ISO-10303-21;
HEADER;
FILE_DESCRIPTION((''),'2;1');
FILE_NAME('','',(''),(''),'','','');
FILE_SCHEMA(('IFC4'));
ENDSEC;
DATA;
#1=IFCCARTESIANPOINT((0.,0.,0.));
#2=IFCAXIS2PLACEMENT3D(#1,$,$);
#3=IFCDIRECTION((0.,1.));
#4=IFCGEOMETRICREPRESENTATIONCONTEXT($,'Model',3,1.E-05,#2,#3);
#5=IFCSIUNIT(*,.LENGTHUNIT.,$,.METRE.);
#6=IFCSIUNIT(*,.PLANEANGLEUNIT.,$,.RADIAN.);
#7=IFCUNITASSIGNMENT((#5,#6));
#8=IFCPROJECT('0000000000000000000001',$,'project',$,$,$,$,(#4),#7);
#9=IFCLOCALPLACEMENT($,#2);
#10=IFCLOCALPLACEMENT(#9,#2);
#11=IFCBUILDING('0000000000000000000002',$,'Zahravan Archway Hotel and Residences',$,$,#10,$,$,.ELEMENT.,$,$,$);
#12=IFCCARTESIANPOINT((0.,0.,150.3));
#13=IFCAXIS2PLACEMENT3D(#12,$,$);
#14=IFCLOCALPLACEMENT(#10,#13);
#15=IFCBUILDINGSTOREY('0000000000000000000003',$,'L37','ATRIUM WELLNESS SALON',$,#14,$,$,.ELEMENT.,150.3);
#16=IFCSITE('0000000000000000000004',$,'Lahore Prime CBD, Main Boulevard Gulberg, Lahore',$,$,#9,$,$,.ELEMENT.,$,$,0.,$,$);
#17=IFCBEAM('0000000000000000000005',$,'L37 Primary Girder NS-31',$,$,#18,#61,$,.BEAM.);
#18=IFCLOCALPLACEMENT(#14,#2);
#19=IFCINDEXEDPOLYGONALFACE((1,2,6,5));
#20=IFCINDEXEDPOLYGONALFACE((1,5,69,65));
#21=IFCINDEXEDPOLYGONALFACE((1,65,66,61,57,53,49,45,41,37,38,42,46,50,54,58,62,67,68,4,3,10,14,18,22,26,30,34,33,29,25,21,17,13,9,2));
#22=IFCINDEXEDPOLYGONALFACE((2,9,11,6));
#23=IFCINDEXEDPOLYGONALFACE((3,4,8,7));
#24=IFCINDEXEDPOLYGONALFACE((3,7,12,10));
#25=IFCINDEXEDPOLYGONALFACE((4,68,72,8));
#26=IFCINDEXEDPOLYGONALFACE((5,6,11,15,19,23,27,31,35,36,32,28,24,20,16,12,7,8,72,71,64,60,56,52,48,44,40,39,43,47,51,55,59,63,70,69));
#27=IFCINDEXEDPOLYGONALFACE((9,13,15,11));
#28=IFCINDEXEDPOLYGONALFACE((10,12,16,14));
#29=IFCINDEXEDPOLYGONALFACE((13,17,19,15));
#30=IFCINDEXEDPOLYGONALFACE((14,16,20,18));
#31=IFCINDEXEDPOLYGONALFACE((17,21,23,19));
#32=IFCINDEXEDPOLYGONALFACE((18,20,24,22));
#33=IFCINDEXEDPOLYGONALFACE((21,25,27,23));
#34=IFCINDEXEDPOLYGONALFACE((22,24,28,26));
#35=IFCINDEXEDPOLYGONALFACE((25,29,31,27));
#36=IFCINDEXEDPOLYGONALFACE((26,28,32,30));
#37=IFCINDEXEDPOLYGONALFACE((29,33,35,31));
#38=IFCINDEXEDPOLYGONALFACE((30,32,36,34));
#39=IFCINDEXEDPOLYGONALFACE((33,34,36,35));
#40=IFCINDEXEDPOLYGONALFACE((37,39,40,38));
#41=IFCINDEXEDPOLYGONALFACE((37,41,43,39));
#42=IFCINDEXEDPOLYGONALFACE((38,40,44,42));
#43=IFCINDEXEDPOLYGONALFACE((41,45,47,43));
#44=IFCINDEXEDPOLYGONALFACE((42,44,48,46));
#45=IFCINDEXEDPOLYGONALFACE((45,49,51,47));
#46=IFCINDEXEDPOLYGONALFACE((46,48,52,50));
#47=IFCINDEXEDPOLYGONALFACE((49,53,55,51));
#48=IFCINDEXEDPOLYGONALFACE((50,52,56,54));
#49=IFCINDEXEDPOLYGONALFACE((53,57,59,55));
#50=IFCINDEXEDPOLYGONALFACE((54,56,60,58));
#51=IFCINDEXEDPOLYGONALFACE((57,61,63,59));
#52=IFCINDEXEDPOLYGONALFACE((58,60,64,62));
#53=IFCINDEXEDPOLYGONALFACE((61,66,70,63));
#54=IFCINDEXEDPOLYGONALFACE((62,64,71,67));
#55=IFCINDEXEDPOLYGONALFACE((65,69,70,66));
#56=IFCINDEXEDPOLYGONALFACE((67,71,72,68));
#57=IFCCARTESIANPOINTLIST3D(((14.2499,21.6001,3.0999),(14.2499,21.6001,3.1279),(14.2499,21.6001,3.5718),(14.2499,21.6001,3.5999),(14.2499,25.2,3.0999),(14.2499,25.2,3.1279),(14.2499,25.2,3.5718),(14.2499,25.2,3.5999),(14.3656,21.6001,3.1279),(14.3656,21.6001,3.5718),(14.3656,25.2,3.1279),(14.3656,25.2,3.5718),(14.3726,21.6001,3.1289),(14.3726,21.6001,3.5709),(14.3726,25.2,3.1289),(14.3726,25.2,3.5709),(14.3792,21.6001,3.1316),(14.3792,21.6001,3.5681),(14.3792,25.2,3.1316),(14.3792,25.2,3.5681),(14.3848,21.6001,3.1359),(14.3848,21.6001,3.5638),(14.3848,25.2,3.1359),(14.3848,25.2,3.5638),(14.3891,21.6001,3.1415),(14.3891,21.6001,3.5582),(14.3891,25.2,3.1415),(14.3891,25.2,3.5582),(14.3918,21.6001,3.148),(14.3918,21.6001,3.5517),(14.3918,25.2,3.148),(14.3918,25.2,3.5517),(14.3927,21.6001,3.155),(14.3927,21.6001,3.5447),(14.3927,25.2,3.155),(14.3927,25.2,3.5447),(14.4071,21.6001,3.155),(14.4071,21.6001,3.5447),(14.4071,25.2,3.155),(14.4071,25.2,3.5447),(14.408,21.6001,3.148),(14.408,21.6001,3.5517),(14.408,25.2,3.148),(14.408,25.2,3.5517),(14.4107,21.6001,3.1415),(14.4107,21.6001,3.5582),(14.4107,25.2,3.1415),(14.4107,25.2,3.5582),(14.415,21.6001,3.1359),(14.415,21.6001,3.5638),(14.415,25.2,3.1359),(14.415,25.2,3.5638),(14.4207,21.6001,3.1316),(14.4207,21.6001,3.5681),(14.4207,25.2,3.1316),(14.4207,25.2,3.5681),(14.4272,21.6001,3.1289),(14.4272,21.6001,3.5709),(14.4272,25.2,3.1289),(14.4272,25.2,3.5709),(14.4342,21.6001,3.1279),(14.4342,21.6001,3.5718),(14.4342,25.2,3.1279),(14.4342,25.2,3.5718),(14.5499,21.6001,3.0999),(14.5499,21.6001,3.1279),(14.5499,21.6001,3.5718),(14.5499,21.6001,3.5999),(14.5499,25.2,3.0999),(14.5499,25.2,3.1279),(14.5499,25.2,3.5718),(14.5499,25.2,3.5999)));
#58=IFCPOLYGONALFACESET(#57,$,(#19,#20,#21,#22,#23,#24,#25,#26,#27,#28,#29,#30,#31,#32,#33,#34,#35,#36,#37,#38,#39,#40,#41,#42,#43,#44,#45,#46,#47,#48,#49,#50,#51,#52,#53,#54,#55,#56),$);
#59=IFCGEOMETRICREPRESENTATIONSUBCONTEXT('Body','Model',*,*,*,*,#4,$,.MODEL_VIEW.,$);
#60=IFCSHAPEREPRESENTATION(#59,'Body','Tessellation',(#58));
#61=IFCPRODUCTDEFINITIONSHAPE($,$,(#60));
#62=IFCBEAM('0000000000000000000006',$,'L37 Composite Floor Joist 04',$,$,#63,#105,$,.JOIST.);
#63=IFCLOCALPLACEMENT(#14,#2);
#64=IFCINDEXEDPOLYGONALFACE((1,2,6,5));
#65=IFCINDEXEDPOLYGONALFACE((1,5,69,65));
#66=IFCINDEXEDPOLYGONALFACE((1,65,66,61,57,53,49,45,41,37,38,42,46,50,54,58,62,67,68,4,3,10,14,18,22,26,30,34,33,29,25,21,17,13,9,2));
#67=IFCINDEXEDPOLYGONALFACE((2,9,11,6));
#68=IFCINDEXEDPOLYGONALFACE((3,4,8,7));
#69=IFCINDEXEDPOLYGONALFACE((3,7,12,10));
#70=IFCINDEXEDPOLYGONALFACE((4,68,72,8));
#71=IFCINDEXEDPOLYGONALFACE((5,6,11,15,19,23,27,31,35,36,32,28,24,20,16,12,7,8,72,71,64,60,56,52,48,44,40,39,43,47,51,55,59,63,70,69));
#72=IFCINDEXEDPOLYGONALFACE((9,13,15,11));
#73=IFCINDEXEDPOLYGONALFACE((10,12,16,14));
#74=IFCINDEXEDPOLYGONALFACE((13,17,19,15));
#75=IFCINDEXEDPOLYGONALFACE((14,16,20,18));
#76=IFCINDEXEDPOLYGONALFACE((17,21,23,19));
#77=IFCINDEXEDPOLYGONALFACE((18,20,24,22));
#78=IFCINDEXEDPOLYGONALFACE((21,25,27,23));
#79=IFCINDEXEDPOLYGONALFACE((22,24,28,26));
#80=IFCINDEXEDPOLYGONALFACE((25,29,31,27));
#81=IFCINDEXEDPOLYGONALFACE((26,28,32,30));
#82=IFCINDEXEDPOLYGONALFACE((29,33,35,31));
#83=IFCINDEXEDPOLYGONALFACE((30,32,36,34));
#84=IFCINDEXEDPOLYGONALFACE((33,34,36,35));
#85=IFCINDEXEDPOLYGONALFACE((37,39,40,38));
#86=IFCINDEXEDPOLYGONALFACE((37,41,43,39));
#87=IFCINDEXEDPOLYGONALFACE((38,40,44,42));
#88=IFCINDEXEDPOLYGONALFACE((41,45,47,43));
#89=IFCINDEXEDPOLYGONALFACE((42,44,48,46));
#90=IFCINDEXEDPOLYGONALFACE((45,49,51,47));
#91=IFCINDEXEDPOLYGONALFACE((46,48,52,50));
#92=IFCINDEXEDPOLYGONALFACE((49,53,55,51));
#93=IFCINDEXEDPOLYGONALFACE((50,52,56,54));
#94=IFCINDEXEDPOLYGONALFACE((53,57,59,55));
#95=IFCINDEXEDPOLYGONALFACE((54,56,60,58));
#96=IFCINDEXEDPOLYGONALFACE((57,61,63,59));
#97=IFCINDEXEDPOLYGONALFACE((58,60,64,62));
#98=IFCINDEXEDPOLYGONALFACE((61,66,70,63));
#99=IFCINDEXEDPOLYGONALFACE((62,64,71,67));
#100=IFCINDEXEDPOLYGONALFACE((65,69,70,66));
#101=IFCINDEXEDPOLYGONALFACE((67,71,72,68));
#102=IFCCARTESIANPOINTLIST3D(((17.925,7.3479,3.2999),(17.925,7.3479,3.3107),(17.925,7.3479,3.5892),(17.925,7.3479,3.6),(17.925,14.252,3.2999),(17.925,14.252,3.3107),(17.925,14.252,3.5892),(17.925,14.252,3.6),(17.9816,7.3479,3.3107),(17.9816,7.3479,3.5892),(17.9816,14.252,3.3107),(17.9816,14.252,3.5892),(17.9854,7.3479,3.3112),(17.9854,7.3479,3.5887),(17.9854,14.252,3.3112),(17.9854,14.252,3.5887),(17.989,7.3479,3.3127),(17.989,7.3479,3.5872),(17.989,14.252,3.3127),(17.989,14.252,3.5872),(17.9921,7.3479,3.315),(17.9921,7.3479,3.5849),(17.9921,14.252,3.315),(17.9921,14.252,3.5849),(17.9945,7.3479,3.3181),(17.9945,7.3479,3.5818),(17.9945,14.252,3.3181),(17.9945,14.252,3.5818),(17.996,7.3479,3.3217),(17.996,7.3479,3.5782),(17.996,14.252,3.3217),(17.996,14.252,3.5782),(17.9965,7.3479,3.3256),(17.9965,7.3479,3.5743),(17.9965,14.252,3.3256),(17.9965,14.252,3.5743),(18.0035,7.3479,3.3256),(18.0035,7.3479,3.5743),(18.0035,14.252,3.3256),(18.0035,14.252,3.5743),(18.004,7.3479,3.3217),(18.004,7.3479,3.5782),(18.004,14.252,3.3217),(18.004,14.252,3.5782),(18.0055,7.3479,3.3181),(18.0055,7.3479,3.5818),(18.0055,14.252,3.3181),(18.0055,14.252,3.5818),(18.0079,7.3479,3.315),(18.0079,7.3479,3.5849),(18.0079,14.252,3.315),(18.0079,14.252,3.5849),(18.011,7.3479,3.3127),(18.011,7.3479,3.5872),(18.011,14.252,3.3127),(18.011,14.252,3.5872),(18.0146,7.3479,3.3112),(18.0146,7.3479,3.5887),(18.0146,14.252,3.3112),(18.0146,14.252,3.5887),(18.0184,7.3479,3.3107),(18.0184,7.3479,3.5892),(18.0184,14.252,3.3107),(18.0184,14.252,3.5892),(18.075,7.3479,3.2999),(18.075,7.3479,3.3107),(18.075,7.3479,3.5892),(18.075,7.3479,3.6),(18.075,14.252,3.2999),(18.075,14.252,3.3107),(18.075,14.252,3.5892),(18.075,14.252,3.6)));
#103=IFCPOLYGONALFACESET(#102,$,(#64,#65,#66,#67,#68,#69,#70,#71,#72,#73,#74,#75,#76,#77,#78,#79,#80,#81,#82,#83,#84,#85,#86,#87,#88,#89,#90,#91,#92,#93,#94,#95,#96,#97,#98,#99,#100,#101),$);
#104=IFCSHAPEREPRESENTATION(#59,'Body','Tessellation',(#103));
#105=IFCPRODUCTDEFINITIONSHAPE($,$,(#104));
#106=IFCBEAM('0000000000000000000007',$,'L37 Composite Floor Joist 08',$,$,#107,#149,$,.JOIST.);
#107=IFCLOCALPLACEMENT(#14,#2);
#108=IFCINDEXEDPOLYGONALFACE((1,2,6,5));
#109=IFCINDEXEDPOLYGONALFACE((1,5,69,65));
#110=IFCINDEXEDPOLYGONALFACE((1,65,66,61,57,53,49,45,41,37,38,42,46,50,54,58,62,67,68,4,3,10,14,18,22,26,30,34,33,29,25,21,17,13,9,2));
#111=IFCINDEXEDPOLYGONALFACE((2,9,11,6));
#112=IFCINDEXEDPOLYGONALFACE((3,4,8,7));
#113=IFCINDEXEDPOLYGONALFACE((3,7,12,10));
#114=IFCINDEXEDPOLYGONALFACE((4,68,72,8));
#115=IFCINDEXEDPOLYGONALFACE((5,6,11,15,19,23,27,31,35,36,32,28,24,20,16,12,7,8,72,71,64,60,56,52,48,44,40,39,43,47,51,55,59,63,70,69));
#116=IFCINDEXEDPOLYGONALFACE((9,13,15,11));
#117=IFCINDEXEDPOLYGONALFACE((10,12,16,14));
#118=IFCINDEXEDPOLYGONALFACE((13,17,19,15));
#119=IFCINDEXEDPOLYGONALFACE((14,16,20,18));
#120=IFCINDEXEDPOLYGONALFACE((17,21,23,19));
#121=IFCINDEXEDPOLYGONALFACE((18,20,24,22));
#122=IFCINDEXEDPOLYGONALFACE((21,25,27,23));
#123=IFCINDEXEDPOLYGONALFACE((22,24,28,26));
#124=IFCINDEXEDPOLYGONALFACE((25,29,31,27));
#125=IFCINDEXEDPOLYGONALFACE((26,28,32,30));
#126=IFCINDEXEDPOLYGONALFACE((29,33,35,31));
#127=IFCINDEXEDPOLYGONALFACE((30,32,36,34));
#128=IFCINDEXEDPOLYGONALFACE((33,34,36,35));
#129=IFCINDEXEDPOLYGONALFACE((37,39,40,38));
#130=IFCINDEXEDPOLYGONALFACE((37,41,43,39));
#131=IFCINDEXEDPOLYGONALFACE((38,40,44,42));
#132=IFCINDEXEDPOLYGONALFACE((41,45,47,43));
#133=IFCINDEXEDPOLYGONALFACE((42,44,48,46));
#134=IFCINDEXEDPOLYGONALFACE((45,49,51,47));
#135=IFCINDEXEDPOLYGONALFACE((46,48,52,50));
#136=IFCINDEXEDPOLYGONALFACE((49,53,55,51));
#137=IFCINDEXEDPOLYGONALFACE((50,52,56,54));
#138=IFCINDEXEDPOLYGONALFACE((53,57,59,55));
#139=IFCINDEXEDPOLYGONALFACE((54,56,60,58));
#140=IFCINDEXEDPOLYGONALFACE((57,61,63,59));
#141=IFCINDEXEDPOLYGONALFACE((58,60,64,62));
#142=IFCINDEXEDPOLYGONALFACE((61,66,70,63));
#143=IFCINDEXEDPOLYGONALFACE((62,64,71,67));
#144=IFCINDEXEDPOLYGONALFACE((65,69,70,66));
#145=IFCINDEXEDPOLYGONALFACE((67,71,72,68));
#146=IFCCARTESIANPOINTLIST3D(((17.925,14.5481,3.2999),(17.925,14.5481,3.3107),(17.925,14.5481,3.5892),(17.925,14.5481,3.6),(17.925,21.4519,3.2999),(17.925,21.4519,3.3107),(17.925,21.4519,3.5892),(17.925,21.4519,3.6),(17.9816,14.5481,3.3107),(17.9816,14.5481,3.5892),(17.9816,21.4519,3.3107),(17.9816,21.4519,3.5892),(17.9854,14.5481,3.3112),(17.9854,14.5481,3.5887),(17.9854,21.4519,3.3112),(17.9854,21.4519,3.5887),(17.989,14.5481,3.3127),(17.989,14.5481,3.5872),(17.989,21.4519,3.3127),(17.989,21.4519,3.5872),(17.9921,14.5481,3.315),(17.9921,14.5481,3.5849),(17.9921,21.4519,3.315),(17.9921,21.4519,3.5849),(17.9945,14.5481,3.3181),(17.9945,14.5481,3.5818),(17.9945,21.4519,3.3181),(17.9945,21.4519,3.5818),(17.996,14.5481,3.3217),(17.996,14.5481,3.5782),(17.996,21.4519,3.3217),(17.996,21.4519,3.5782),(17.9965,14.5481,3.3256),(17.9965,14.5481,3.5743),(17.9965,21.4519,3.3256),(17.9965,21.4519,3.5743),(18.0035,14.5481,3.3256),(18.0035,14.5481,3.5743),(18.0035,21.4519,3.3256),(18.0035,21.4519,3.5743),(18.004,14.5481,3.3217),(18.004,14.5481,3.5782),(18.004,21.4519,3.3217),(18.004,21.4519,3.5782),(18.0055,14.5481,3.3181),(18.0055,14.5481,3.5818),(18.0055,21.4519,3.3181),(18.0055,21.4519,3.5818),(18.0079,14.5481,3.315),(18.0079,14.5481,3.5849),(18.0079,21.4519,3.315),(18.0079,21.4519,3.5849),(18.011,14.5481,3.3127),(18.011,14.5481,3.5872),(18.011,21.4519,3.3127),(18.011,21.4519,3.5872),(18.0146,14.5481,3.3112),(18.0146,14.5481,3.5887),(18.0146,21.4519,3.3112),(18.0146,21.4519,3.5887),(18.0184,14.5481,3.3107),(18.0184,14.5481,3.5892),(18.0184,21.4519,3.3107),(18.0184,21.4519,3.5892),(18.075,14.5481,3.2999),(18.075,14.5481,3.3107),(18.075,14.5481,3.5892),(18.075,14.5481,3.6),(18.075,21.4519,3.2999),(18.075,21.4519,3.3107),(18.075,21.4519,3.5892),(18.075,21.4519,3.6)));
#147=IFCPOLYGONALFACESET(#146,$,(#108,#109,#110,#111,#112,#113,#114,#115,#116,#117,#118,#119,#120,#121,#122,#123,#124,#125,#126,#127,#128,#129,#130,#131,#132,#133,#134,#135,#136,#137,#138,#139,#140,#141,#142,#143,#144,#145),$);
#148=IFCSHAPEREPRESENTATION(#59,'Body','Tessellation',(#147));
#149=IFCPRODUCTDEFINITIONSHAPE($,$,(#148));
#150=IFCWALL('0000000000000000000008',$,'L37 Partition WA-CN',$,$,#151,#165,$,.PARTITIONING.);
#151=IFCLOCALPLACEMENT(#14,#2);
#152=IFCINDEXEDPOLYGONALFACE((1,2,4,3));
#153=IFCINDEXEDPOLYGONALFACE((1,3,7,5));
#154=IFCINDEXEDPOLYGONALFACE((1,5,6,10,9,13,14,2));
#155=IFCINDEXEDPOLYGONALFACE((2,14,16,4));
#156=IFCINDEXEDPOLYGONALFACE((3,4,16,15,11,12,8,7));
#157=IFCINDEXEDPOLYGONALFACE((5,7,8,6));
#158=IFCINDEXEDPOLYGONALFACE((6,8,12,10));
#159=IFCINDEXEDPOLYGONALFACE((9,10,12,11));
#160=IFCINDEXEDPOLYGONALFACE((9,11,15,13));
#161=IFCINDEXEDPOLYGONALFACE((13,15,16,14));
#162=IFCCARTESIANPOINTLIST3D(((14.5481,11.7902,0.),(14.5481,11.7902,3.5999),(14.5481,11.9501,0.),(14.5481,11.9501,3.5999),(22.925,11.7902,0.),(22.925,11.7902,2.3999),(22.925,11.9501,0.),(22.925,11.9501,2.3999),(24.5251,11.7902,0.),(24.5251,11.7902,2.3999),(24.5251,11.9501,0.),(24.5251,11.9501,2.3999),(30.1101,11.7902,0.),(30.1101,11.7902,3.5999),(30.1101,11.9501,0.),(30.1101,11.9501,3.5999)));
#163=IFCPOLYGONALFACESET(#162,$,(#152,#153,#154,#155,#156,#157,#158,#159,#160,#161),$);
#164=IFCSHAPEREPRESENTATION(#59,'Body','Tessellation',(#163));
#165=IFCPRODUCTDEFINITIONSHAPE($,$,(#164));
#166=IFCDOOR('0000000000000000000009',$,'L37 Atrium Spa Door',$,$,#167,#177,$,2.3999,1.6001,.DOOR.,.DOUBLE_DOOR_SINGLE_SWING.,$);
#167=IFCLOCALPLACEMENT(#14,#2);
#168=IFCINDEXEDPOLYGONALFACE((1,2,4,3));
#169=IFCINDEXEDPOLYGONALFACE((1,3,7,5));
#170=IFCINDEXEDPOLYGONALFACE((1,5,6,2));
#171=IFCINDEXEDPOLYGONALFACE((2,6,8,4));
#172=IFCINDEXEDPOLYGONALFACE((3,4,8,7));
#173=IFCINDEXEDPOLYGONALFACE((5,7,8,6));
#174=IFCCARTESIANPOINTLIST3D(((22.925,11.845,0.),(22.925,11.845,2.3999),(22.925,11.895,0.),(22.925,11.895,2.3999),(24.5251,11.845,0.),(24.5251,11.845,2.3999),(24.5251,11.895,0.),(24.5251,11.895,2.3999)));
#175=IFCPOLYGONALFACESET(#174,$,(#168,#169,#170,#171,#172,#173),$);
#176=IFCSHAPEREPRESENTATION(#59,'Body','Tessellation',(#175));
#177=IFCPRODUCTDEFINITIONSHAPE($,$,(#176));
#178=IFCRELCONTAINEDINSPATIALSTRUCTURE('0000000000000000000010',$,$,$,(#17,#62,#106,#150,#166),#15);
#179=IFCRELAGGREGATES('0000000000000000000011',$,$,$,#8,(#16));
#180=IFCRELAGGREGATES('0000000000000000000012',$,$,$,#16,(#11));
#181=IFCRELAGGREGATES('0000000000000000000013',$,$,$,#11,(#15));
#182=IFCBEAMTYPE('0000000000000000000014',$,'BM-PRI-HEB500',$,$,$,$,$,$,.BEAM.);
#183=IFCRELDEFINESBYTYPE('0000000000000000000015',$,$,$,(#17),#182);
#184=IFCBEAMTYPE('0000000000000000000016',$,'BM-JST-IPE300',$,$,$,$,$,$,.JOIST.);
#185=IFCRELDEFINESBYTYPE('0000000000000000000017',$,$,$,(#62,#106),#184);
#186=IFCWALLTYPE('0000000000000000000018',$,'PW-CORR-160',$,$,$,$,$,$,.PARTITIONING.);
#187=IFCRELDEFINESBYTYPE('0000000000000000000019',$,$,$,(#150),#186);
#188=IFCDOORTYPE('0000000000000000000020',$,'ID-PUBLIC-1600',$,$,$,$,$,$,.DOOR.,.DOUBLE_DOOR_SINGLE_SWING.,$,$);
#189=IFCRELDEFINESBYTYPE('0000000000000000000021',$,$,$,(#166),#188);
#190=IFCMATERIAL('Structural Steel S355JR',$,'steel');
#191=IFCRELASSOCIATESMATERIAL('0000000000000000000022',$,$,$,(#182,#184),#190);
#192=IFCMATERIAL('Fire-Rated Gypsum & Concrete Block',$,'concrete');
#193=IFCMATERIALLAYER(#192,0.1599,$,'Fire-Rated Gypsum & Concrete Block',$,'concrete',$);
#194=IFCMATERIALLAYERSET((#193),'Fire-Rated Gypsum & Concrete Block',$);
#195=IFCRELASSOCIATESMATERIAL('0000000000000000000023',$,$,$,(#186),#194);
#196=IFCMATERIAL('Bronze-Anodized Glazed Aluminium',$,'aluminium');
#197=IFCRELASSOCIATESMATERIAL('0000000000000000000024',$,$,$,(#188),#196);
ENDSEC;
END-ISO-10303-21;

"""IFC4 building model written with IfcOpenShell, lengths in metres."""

from ifc_helpers import new_model, si_unit, direction, frame, frame_2d, origin, origin_2d, place, context, subcontext, project, spatial, rectangle, i_section, extrude, source, transform, mapped, material, layer, layer_set, material_profile, profile_set, type_object, type_shapes, element, fill, save


model = new_model("IFC4")

# Units and contexts
model_context = context("Model", 3, precision=1e-05, world=origin(), true_north=direction((0.0, 1.0)))
body_context = subcontext(model_context, "Body", "Model", "MODEL_VIEW")
ifc_project = project(units=[si_unit("LENGTHUNIT", "METRE"), si_unit("PLANEANGLEUNIT", "RADIAN")], contexts=[model_context])

# Site, building, storey
site_placement = place(None, origin())
site = spatial("IfcSite", under=ifc_project, at=site_placement, Name="Lahore Prime CBD, Main Boulevard Gulberg, Lahore", CompositionType="ELEMENT", RefElevation=0.0)
building_placement = place(site_placement, origin())
building = spatial("IfcBuilding", under=site, at=building_placement, Name="Zahravan Archway Hotel and Residences", CompositionType="ELEMENT")
storey_placement = place(building_placement, frame((0.0, 0.0, 150.3)))
storey = spatial("IfcBuildingStorey", under=building, at=storey_placement, Name="L37", Description="ATRIUM WELLNESS SALON", CompositionType="ELEMENT", Elevation=150.3)

# Beams
ifc_material_1 = material(Name="Structural Steel S355JR", Category="steel")
ifc_material_profile_1 = material_profile(ifc_material_1, i_section(OverallWidth=0.3, OverallDepth=0.5, WebThickness=0.0144, FlangeThickness=0.0281, FilletRadius=0.0271, at=origin_2d()), Name="HEB 500", Category="steel")
ifc_profile_set_1 = profile_set([ifc_material_profile_1], Name="Structural Steel S355JR")
beam_type_1 = type_object("IfcBeamType", Name="BM-PRI-HEB500", PredefinedType="BEAM", material=ifc_profile_set_1)
shared_shape_1 = source(origin(), body_context, "Body", "SweptSolid", [
    extrude(i_section(OverallWidth=0.3, OverallDepth=0.5, WebThickness=0.0144, FlangeThickness=0.0281, FilletRadius=0.0271, at=origin_2d()), origin(), (0.0, 0.0, 1.0), 3.5999),
])
beam_1_placement = place(storey_placement, frame((14.3999, 21.6001, 3.3499), z_axis=(0.0, 1.0, 0.0), x_axis=(-1.0, 0.0, 0.0)))
element("IfcBeam", 1, at=beam_1_placement, inside=storey, type_object=beam_type_1, Name="L37 Primary Girder NS-31", PredefinedType="BEAM", context=body_context, shape_type="MappedRepresentation", body=[
    mapped(shared_shape_1, transform((0.0, 0.0, 0.0), scale=1.0)),
])
ifc_material_profile_2 = material_profile(ifc_material_1, i_section(OverallWidth=0.1499, OverallDepth=0.3, WebThickness=0.0071, FlangeThickness=0.0107, FilletRadius=0.0149, at=origin_2d()), Name="IPE 300", Category="steel")
ifc_profile_set_2 = profile_set([ifc_material_profile_2], Name="Structural Steel S355JR")
beam_type_2 = type_object("IfcBeamType", Name="BM-JST-IPE300", PredefinedType="JOIST", material=ifc_profile_set_2)
shared_shape_2 = source(origin(), body_context, "Body", "SweptSolid", [
    extrude(i_section(OverallWidth=0.1499, OverallDepth=0.3, WebThickness=0.0071, FlangeThickness=0.0107, FilletRadius=0.0149, at=origin_2d()), origin(), (0.0, 0.0, 1.0), 6.9041),
])
type_shapes(beam_type_2, [shared_shape_2])
beam_2_placement = place(storey_placement, frame((18.0, 7.3479, 3.45), z_axis=(0.0, 1.0, 0.0), x_axis=(-1.0, 0.0, 0.0)))
element("IfcBeam", 2, at=beam_2_placement, inside=storey, type_object=beam_type_2, Name="L37 Composite Floor Joist 04", PredefinedType="JOIST", context=body_context, shape_type="MappedRepresentation", body=[
    mapped(shared_shape_2, transform((0.0, 0.0, 0.0), scale=1.0)),
])
shared_shape_3 = source(origin(), body_context, "Body", "SweptSolid", [
    extrude(i_section(OverallWidth=0.1499, OverallDepth=0.3, WebThickness=0.0071, FlangeThickness=0.0107, FilletRadius=0.0149, at=origin_2d()), origin(), (0.0, 0.0, 1.0), 6.9038),
])
beam_3_placement = place(storey_placement, frame((18.0, 14.5481, 3.45), z_axis=(0.0, 1.0, 0.0), x_axis=(-1.0, 0.0, 0.0)))
element("IfcBeam", 3, at=beam_3_placement, inside=storey, type_object=beam_type_2, Name="L37 Composite Floor Joist 08", PredefinedType="JOIST", context=body_context, shape_type="MappedRepresentation", body=[
    mapped(shared_shape_3, transform((0.0, 0.0, 0.0), scale=1.0)),
])

# Wall, opening, door
ifc_material_2 = material(Name="Fire-Rated Gypsum & Concrete Block", Category="concrete")
ifc_layer_1 = layer(ifc_material_2, 0.1599, Name="Fire-Rated Gypsum & Concrete Block", Category="concrete")
ifc_layer_set_1 = layer_set([ifc_layer_1], Name="Fire-Rated Gypsum & Concrete Block")
wall_type_1 = type_object("IfcWallType", Name="PW-CORR-160", PredefinedType="PARTITIONING", material=ifc_layer_set_1)
wall_1_placement = place(storey_placement, frame((14.5481, 11.8701, 0.0), z_axis=(0.0, 0.0, 1.0), x_axis=(1.0, 0.0, 0.0)))
wall_1 = element("IfcWall", 4, at=wall_1_placement, inside=storey, type_object=wall_type_1, Name="L37 Partition WA-CN", PredefinedType="PARTITIONING", context=body_context, shape_type="SweptSolid", body=[
    extrude(rectangle(XDim=15.562, YDim=0.1599, at=frame_2d((7.781, 0.0))), origin(), (0.0, 0.0, 1.0), 3.5999),
])
opening_1_placement = place(wall_1_placement, frame((8.377, 0.0, 0.0)))
opening_1 = element("IfcOpeningElement", 5, at=opening_1_placement, cuts=wall_1, PredefinedType="OPENING", context=body_context, shape_type="SweptSolid", body=[
    extrude(rectangle(XDim=1.6001, YDim=2.3999, at=frame_2d((0.8, 1.2))), frame((0.0, 0.0898, 0.0), z_axis=(0.0, -1.0, 0.0), x_axis=(1.0, 0.0, 0.0)), (0.0, 0.0, 1.0), 0.1799),
])
ifc_material_3 = material(Name="Bronze-Anodized Glazed Aluminium", Category="aluminium")
door_type_1 = type_object("IfcDoorType", Name="ID-PUBLIC-1600", OperationType="DOUBLE_DOOR_SINGLE_SWING", PredefinedType="DOOR", material=ifc_material_3)
shared_shape_4 = source(origin(), body_context, "Body", "SweptSolid", [
    extrude(rectangle(XDim=1.6001, YDim=2.3999, at=frame_2d((0.8, 1.2))), frame((0.0, 0.0249, 0.0), z_axis=(0.0, -1.0, 0.0), x_axis=(1.0, 0.0, 0.0)), (0.0, 0.0, 1.0), 0.05),
])
type_shapes(door_type_1, [shared_shape_4])
door_1_placement = place(opening_1_placement, origin())
door_1 = element("IfcDoor", 6, at=door_1_placement, inside=storey, type_object=door_type_1, Name="L37 Atrium Spa Door", OperationType="DOUBLE_DOOR_SINGLE_SWING", OverallHeight=2.3999, OverallWidth=1.6001, PredefinedType="DOOR", context=body_context, shape_type="MappedRepresentation", body=[
    mapped(shared_shape_4, transform((0.0, 0.0, 0.0), scale=1.0)),
])
fill(opening_1, door_1)

save(model, "model.ifc")
